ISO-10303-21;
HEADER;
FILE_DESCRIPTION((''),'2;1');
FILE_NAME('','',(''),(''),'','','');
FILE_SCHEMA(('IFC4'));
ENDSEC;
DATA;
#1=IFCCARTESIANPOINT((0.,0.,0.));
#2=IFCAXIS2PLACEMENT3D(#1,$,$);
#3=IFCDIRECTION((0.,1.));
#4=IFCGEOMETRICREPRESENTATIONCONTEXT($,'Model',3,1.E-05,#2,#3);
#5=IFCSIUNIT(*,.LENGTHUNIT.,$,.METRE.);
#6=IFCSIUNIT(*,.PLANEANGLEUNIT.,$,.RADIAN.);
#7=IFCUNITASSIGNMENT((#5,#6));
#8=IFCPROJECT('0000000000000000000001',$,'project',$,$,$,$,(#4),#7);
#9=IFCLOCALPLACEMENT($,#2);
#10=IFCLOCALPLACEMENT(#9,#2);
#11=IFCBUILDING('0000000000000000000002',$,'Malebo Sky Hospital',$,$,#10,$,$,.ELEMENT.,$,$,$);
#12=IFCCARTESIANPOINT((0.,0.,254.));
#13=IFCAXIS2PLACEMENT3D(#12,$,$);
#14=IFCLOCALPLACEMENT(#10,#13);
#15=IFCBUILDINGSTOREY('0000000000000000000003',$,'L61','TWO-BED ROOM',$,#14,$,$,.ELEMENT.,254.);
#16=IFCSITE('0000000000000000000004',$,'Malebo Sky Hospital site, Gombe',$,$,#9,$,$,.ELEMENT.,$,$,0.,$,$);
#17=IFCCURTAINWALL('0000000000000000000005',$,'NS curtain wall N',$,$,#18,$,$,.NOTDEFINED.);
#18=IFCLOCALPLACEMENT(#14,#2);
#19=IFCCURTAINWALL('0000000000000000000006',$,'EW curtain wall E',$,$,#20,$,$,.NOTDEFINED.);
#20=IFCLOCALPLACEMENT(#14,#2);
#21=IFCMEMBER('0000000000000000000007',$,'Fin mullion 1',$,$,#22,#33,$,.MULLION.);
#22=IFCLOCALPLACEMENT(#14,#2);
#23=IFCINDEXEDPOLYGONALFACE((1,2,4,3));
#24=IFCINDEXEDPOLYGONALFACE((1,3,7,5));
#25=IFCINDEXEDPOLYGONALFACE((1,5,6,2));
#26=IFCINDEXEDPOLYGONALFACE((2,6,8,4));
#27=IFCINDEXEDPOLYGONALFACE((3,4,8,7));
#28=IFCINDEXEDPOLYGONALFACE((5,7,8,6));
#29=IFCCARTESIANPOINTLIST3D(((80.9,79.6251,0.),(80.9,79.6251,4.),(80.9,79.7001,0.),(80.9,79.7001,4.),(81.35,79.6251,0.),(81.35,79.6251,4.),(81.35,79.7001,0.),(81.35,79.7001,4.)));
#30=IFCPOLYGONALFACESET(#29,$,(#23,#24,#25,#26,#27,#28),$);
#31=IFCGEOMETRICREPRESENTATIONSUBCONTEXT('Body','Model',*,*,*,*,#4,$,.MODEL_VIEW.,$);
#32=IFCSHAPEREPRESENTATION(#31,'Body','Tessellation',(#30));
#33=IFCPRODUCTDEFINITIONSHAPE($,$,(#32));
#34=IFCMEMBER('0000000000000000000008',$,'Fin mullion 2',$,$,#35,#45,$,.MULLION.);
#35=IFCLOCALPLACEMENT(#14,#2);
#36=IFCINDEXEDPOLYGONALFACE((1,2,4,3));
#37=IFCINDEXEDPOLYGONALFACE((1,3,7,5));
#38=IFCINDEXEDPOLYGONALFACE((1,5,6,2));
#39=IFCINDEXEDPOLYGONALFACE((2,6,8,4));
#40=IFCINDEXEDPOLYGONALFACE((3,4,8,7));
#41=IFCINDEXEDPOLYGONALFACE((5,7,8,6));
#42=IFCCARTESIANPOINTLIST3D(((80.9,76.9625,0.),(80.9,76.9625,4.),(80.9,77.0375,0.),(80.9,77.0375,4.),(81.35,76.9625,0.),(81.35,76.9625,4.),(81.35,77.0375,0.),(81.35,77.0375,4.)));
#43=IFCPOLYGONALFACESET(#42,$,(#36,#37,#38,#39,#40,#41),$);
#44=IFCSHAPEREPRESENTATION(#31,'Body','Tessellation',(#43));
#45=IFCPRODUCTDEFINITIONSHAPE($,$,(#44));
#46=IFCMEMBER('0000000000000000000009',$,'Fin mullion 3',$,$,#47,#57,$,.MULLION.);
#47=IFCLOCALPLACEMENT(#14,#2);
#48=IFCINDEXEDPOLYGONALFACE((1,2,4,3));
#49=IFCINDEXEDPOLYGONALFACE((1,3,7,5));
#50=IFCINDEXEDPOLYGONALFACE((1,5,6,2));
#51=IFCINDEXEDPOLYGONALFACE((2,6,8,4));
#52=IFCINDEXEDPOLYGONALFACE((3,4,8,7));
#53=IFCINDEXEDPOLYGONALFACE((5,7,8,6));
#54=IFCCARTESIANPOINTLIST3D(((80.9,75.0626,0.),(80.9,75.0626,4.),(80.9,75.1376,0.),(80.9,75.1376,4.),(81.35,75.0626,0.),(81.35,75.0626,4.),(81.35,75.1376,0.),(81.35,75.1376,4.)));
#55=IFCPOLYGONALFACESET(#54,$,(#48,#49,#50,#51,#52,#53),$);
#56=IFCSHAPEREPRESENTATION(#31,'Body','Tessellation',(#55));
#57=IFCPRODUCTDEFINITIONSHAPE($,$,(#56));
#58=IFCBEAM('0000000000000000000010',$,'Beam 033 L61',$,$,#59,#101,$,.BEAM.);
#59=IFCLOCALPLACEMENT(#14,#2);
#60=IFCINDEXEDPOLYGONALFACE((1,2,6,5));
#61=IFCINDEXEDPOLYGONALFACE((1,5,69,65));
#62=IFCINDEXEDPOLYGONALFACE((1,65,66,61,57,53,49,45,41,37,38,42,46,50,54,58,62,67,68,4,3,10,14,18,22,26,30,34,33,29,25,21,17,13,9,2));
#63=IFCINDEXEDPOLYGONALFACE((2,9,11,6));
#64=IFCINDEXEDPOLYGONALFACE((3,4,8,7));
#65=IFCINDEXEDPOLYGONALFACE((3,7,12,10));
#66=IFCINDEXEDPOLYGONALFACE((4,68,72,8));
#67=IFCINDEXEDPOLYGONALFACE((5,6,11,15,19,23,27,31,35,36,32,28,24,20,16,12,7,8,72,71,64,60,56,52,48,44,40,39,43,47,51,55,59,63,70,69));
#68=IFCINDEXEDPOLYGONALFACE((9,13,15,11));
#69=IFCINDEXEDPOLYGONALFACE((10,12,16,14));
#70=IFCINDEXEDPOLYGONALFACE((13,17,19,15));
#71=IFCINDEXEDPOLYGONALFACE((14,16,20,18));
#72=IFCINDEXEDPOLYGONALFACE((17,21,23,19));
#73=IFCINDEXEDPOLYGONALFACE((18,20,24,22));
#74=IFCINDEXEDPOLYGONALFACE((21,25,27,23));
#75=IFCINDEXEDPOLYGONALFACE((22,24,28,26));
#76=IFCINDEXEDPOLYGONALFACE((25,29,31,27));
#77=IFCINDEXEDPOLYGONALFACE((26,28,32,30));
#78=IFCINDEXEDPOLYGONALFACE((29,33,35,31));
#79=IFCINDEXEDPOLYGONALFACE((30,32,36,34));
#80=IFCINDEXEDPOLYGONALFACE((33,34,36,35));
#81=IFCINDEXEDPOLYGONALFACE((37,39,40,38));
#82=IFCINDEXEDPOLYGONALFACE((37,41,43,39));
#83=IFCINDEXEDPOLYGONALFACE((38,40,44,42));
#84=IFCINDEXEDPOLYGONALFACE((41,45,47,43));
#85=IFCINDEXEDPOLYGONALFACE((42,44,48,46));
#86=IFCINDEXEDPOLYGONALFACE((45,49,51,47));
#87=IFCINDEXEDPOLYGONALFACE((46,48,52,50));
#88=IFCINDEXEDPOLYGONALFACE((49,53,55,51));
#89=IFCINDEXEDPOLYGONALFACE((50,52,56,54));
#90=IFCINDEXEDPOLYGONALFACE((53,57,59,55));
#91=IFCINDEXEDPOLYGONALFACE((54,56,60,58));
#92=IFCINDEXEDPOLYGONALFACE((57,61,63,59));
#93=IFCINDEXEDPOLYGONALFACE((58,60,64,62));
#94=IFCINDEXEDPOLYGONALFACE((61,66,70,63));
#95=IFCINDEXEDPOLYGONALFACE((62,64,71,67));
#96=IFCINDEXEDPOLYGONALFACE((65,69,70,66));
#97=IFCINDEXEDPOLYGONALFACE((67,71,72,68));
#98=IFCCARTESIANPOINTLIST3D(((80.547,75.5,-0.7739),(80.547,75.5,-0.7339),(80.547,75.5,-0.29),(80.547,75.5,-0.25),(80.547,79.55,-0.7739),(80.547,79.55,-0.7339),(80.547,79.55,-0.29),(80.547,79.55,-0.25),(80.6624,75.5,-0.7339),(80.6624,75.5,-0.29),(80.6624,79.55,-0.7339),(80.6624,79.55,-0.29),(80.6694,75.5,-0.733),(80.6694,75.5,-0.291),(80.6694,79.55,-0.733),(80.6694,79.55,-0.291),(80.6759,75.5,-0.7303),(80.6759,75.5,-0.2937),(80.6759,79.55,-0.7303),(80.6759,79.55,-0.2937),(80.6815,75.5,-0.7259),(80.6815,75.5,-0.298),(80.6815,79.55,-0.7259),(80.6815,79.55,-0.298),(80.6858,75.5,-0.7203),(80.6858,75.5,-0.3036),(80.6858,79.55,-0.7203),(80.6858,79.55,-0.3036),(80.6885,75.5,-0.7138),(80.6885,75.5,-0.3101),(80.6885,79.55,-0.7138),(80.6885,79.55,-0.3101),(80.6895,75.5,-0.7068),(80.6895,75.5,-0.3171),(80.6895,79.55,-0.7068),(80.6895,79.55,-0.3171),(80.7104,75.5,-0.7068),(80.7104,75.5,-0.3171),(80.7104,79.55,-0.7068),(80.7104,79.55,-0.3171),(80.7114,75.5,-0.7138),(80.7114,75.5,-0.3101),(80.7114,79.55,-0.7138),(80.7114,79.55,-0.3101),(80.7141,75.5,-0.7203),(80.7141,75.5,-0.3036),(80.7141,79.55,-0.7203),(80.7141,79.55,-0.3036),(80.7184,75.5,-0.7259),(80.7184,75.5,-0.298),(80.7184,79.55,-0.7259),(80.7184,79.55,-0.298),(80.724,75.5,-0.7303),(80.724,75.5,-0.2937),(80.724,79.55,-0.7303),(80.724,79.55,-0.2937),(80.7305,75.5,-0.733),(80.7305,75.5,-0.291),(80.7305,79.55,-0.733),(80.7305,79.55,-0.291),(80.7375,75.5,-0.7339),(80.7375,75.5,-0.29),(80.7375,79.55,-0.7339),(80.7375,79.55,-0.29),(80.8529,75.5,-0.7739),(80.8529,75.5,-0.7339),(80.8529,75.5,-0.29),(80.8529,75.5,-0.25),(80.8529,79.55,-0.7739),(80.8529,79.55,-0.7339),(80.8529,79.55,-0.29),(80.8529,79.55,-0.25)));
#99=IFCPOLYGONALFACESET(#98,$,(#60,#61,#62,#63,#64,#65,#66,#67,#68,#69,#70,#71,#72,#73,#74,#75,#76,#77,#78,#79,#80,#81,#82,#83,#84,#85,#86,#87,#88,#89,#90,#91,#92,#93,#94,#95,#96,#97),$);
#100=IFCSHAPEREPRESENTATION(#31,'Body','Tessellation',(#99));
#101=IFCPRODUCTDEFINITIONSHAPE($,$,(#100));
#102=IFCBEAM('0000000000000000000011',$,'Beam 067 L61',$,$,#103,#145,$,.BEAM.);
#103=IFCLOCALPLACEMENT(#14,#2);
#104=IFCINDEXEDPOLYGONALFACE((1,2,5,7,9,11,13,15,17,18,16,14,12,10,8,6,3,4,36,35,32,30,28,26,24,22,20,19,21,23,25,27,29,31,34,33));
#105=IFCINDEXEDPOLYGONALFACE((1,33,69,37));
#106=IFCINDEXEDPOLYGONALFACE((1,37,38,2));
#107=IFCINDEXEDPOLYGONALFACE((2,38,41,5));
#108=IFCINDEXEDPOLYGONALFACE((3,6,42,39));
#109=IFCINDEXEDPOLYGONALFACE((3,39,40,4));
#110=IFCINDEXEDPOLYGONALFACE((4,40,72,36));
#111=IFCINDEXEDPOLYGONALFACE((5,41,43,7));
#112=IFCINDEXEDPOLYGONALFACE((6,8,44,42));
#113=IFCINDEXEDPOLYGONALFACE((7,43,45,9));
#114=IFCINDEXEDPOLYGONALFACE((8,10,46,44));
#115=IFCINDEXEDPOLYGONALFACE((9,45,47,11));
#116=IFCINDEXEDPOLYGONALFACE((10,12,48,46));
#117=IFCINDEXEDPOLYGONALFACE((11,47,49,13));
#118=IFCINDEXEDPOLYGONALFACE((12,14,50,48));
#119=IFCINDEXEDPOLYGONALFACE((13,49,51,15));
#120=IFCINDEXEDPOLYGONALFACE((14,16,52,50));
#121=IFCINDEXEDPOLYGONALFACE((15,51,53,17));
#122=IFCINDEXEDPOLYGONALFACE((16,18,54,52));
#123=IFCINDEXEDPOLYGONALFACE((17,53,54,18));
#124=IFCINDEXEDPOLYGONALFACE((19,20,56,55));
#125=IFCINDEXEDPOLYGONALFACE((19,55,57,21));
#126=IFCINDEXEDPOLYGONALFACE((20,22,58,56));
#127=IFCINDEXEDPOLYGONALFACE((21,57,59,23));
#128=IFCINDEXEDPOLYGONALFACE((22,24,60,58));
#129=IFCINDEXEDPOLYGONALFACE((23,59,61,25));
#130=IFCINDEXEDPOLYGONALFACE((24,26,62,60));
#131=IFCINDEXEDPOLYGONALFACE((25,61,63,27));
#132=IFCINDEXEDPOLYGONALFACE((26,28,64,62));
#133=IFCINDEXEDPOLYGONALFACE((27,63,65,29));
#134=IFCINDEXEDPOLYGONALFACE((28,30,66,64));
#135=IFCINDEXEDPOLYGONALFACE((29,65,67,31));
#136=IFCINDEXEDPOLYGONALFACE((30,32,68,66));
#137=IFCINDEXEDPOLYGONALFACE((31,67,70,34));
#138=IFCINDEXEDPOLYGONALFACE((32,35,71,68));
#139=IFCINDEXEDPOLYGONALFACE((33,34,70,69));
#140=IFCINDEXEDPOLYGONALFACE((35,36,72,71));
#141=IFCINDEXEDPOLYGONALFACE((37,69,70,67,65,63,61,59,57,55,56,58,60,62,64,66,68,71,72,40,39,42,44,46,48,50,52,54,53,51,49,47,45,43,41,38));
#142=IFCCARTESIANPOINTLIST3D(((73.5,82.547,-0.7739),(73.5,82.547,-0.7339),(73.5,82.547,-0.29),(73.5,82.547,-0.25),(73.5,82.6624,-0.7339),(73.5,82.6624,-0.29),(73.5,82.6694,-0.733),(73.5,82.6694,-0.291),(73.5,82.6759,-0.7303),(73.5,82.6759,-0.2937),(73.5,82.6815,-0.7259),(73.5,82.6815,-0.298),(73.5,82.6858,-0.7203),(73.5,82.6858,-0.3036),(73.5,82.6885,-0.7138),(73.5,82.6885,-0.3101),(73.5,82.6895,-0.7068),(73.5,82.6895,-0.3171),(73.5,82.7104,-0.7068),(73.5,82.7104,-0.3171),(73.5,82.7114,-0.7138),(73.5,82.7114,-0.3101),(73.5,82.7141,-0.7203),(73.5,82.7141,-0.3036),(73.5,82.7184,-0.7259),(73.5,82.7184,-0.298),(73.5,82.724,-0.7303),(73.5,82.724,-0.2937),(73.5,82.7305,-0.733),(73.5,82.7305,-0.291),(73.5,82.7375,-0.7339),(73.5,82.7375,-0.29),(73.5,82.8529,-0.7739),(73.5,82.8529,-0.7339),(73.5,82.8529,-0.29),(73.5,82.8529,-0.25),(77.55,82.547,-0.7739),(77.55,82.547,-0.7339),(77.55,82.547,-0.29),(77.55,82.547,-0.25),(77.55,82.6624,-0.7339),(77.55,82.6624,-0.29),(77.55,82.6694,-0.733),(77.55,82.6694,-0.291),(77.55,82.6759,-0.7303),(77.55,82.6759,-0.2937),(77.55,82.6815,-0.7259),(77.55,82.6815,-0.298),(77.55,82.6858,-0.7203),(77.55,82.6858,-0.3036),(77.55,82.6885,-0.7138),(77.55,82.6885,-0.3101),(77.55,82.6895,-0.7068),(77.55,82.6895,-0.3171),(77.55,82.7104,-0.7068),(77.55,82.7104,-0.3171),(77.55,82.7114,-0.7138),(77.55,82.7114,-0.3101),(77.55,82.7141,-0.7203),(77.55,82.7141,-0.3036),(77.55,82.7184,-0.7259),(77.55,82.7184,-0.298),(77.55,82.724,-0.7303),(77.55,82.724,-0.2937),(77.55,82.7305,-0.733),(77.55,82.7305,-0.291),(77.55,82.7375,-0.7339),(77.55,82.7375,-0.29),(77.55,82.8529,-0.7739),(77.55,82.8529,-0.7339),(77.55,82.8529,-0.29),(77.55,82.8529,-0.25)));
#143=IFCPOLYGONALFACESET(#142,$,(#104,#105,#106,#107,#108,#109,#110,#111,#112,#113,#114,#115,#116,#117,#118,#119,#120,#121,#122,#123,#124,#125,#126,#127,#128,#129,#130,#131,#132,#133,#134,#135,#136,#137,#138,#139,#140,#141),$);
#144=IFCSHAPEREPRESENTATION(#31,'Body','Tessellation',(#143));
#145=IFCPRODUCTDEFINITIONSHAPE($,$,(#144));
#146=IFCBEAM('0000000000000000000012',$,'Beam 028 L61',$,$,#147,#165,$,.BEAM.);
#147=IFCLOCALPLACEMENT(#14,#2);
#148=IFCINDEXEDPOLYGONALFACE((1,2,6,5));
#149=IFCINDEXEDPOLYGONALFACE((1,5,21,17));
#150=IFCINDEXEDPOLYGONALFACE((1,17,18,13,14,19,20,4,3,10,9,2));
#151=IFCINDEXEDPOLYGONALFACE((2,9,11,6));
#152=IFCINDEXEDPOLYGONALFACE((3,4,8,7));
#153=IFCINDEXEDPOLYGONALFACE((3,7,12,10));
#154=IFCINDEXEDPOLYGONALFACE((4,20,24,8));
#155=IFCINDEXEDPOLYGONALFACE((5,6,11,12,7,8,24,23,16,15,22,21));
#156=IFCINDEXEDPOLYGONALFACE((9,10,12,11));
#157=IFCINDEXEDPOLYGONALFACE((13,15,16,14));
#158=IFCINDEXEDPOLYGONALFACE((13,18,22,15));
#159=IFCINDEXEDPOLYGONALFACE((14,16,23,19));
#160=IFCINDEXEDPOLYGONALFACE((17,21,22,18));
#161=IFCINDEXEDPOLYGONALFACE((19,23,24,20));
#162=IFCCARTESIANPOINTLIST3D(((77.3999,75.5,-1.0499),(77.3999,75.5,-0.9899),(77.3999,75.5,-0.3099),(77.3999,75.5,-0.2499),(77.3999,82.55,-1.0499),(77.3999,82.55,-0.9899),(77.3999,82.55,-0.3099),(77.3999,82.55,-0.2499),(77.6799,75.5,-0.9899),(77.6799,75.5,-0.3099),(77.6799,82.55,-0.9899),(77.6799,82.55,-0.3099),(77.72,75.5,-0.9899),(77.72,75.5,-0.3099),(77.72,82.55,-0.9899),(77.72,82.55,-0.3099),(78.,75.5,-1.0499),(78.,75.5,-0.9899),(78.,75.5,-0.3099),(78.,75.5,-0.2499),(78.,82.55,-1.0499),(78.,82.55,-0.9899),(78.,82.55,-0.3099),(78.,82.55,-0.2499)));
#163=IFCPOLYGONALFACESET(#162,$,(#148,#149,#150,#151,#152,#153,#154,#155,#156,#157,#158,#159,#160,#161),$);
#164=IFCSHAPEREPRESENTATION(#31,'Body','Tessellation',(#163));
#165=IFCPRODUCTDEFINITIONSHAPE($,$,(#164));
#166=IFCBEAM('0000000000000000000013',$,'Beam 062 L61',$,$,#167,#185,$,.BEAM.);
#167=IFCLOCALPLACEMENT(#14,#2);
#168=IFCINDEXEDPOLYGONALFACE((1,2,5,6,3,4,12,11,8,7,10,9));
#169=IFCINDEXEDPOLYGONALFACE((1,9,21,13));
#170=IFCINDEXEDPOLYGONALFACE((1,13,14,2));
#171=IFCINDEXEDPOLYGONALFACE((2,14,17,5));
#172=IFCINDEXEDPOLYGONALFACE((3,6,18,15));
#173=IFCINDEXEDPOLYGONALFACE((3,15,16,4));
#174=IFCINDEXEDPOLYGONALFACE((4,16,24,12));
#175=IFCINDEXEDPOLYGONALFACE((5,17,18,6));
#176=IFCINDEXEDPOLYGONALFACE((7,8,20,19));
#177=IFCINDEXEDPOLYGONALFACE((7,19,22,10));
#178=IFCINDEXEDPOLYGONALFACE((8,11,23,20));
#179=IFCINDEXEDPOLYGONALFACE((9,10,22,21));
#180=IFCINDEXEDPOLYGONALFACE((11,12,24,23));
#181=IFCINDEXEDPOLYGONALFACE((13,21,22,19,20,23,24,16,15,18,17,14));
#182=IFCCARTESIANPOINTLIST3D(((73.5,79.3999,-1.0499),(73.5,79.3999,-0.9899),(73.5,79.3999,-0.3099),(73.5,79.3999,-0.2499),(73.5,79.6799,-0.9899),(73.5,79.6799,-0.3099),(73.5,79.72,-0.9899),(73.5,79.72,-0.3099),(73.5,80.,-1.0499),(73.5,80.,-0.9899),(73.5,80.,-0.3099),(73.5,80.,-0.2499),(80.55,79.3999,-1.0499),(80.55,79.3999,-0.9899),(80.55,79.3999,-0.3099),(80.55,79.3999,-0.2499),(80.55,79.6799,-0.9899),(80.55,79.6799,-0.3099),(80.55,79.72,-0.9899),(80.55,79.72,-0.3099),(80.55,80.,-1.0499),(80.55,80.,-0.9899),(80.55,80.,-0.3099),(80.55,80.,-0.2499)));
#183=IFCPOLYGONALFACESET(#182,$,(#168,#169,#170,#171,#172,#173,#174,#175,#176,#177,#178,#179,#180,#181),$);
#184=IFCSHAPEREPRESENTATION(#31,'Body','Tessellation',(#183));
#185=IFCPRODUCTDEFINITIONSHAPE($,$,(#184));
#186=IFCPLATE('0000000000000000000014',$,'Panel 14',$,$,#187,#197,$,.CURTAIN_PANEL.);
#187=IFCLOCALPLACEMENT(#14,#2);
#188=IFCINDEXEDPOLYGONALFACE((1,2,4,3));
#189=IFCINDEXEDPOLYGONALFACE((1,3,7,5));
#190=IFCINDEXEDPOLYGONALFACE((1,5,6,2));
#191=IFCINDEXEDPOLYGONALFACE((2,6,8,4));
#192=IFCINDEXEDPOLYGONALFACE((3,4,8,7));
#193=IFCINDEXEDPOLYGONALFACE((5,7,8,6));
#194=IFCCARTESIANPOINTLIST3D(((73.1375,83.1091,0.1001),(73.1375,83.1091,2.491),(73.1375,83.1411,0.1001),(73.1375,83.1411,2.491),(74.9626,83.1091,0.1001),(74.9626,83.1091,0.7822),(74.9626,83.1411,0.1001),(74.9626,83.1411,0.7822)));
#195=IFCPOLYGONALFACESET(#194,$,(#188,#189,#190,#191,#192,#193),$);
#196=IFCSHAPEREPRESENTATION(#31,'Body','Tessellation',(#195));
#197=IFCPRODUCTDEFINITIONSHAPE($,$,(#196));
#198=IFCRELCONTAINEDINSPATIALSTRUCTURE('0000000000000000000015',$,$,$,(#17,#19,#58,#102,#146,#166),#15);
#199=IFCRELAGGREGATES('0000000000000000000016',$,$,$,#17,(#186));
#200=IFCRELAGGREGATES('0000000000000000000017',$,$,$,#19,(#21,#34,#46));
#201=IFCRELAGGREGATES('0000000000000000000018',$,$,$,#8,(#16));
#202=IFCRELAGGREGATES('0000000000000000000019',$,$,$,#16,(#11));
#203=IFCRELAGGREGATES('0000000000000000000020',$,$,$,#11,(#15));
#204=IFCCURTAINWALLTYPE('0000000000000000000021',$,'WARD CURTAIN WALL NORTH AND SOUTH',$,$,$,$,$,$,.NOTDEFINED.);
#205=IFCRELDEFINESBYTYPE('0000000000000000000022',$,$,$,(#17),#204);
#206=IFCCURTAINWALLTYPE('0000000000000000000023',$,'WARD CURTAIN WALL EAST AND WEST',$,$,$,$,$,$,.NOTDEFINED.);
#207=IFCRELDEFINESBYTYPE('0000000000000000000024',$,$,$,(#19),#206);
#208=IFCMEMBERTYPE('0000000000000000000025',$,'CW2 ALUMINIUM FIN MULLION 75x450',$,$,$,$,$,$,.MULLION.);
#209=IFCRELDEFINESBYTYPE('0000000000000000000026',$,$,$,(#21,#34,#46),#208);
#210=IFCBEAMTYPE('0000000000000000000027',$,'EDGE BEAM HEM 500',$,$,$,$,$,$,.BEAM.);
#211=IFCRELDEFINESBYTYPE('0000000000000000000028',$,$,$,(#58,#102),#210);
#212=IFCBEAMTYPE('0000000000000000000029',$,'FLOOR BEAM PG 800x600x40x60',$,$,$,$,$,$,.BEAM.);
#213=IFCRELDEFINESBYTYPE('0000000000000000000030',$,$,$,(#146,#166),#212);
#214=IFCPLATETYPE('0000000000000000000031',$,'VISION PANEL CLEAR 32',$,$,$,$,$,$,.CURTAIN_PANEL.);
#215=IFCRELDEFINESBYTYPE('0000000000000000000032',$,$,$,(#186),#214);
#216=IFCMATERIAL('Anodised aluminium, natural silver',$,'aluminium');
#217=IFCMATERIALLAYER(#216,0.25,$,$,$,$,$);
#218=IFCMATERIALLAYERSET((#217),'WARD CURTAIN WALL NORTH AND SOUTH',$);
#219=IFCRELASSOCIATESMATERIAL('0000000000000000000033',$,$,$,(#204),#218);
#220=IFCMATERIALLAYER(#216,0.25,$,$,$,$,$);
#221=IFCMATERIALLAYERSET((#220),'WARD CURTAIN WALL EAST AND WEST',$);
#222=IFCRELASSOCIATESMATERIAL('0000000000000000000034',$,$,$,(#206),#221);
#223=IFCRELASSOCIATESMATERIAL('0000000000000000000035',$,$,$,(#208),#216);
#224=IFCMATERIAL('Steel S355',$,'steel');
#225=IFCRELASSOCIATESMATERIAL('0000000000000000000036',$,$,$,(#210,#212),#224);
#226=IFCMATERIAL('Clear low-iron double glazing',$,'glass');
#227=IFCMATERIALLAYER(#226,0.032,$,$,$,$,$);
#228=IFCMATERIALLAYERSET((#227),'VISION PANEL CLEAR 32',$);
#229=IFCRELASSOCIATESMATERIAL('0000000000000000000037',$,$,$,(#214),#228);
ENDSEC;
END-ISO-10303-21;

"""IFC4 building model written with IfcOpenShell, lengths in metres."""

from ifc_helpers import new_model, si_unit, direction, frame, origin, origin_2d, place, context, subcontext, project, spatial, polyline, rectangle, i_section, outline, extrude, material, layer, layer_set, material_profile, profile_set, type_object, element, aggregate, save


model = new_model("IFC4")

# Units and contexts
model_context = context("Model", 3, precision=1e-05, world=origin(), true_north=direction((0.0, 1.0)))
body_context = subcontext(model_context, "Body", "Model", "MODEL_VIEW")
ifc_project = project(units=[si_unit("LENGTHUNIT", "METRE"), si_unit("PLANEANGLEUNIT", "RADIAN")], contexts=[model_context])

# Site, building, storey
site_placement = place(None, origin())
site = spatial("IfcSite", under=ifc_project, at=site_placement, Name="Malebo Sky Hospital site, Gombe", CompositionType="ELEMENT", RefElevation=0.0)
building_placement = place(site_placement, origin())
building = spatial("IfcBuilding", under=site, at=building_placement, Name="Malebo Sky Hospital", CompositionType="ELEMENT")
storey_placement = place(building_placement, frame((0.0, 0.0, 254.0)))
storey = spatial("IfcBuildingStorey", under=building, at=storey_placement, Name="L61", Description="TWO-BED ROOM", CompositionType="ELEMENT", Elevation=254.0)

# Curtain wall
ifc_material_1 = material(Name="Anodised aluminium, natural silver", Category="aluminium")
ifc_layer_1 = layer(ifc_material_1, 0.25)
ifc_layer_set_1 = layer_set([ifc_layer_1], Name="WARD CURTAIN WALL NORTH AND SOUTH")
curtain_wall_type_1 = type_object("IfcCurtainWallType", Name="WARD CURTAIN WALL NORTH AND SOUTH", PredefinedType="NOTDEFINED", material=ifc_layer_set_1)
curtain_wall_1_placement = place(storey_placement, origin())
curtain_wall_1 = element("IfcCurtainWall", 1, at=curtain_wall_1_placement, inside=storey, type_object=curtain_wall_type_1, Name="NS curtain wall N", PredefinedType="NOTDEFINED")

# Curtain wall
ifc_layer_2 = layer(ifc_material_1, 0.25)
ifc_layer_set_2 = layer_set([ifc_layer_2], Name="WARD CURTAIN WALL EAST AND WEST")
curtain_wall_type_2 = type_object("IfcCurtainWallType", Name="WARD CURTAIN WALL EAST AND WEST", PredefinedType="NOTDEFINED", material=ifc_layer_set_2)
curtain_wall_2_placement = place(storey_placement, origin())
curtain_wall_2 = element("IfcCurtainWall", 2, at=curtain_wall_2_placement, inside=storey, type_object=curtain_wall_type_2, Name="EW curtain wall E", PredefinedType="NOTDEFINED")

# Shared definitions
ifc_material_2 = material(Name="Steel S355", Category="steel")

# Members
ifc_material_profile_1 = material_profile(ifc_material_1, rectangle(XDim=0.075, YDim=0.45, at=origin_2d()), Name="CW2 ALUMINIUM FIN MULLION 75x450")
ifc_profile_set_1 = profile_set([ifc_material_profile_1], Name="Anodised aluminium, natural silver")
member_type_1 = type_object("IfcMemberType", Name="CW2 ALUMINIUM FIN MULLION 75x450", PredefinedType="MULLION", material=ifc_profile_set_1)
member_1_placement = place(storey_placement, frame((81.125, 79.6626, 0.0), z_axis=(0.0, 0.0, 1.0), x_axis=(0.0, -1.0, 0.0)))
member_1 = element("IfcMember", 3, at=member_1_placement, type_object=member_type_1, Name="Fin mullion 1", PredefinedType="MULLION", context=body_context, shape_type="SweptSolid", body=[
    extrude(rectangle(XDim=0.075, YDim=0.45, at=origin_2d()), origin(), (0.0, 0.0, 1.0), 4.0),
])
member_2_placement = place(storey_placement, frame((81.125, 77.0, 0.0), z_axis=(0.0, 0.0, 1.0), x_axis=(0.0, -1.0, 0.0)))
member_2 = element("IfcMember", 4, at=member_2_placement, type_object=member_type_1, Name="Fin mullion 2", PredefinedType="MULLION", context=body_context, shape_type="SweptSolid", body=[
    extrude(rectangle(XDim=0.075, YDim=0.45, at=origin_2d()), origin(), (0.0, 0.0, 1.0), 4.0),
])
member_3_placement = place(storey_placement, frame((81.125, 75.1001, 0.0), z_axis=(0.0, 0.0, 1.0), x_axis=(0.0, -1.0, 0.0)))
member_3 = element("IfcMember", 5, at=member_3_placement, type_object=member_type_1, Name="Fin mullion 3", PredefinedType="MULLION", context=body_context, shape_type="SweptSolid", body=[
    extrude(rectangle(XDim=0.075, YDim=0.45, at=origin_2d()), origin(), (0.0, 0.0, 1.0), 4.0),
])

# Beams
ifc_material_profile_2 = material_profile(ifc_material_2, i_section(OverallWidth=0.3059, OverallDepth=0.5239, WebThickness=0.021, FlangeThickness=0.04, FilletRadius=0.0271, at=origin_2d()), Name="HEM 500")
ifc_profile_set_2 = profile_set([ifc_material_profile_2], Name="Steel S355")
beam_type_1 = type_object("IfcBeamType", Name="EDGE BEAM HEM 500", PredefinedType="BEAM", material=ifc_profile_set_2)
for number, where, z_axis, x_axis, name in (
    (6, (80.7, 75.5, -0.512), (0.0, 1.0, 0.0), (-1.0, 0.0, 0.0), "Beam 033 L61"),
    (7, (73.5, 82.7, -0.512), (1.0, 0.0, 0.0), (0.0, 1.0, 0.0), "Beam 067 L61"),
):
    element("IfcBeam", number, at=place(storey_placement, frame(where, z_axis=z_axis, x_axis=x_axis)), inside=storey, type_object=beam_type_1, Name=name, PredefinedType="BEAM", context=body_context, shape_type="SweptSolid", body=[
        extrude(i_section(OverallWidth=0.3059, OverallDepth=0.5239, WebThickness=0.021, FlangeThickness=0.04, FilletRadius=0.0271, at=origin_2d()), origin(), (0.0, 0.0, 1.0), 4.05),
    ])
ifc_material_profile_3 = material_profile(ifc_material_2, i_section(OverallWidth=0.6001, OverallDepth=0.8, WebThickness=0.04, FlangeThickness=0.0601, at=origin_2d()), Name="PG 800x600x40x60")
ifc_profile_set_3 = profile_set([ifc_material_profile_3], Name="Steel S355")
beam_type_2 = type_object("IfcBeamType", Name="FLOOR BEAM PG 800x600x40x60", PredefinedType="BEAM", material=ifc_profile_set_3)
for number, where, z_axis, x_axis, name in (
    (8, (77.7, 75.5, -0.6499), (0.0, 1.0, 0.0), (-1.0, 0.0, 0.0), "Beam 028 L61"),
    (9, (73.5, 79.7, -0.6499), (1.0, 0.0, 0.0), (0.0, 1.0, 0.0), "Beam 062 L61"),
):
    element("IfcBeam", number, at=place(storey_placement, frame(where, z_axis=z_axis, x_axis=x_axis)), inside=storey, type_object=beam_type_2, Name=name, PredefinedType="BEAM", context=body_context, shape_type="SweptSolid", body=[
        extrude(i_section(OverallWidth=0.6001, OverallDepth=0.8, WebThickness=0.04, FlangeThickness=0.0601, at=origin_2d()), origin(), (0.0, 0.0, 1.0), 7.05),
    ])

# Plate
ifc_material_3 = material(Name="Clear low-iron double glazing", Category="glass")
ifc_layer_3 = layer(ifc_material_3, 0.032)
ifc_layer_set_3 = layer_set([ifc_layer_3], Name="VISION PANEL CLEAR 32")
plate_type = type_object("IfcPlateType", Name="VISION PANEL CLEAR 32", PredefinedType="CURTAIN_PANEL", material=ifc_layer_set_3)
plate_1_placement = place(storey_placement, frame((74.05, 83.125, 0.1001), z_axis=(0.0, 0.0, 1.0), x_axis=(1.0, 0.0, 0.0)))
plate_1 = element("IfcPlate", 10, at=plate_1_placement, type_object=plate_type, Name="Panel 14", PredefinedType="CURTAIN_PANEL", context=body_context, shape_type="SweptSolid", body=[
    extrude(outline(polyline([(-0.9126, 0.0), (0.9126, 0.0), (0.9126, 0.6821), (-0.9126, 2.3909), (-0.9126, 0.0)])), frame((0.0, 0.0161, 0.0), z_axis=(0.0, -1.0, 0.0), x_axis=(1.0, 0.0, 0.0)), (0.0, 0.0, 1.0), 0.032),
])
aggregate(curtain_wall_1, [plate_1])
aggregate(curtain_wall_2, [member_1, member_2, member_3])

save(model, "model.ifc")
